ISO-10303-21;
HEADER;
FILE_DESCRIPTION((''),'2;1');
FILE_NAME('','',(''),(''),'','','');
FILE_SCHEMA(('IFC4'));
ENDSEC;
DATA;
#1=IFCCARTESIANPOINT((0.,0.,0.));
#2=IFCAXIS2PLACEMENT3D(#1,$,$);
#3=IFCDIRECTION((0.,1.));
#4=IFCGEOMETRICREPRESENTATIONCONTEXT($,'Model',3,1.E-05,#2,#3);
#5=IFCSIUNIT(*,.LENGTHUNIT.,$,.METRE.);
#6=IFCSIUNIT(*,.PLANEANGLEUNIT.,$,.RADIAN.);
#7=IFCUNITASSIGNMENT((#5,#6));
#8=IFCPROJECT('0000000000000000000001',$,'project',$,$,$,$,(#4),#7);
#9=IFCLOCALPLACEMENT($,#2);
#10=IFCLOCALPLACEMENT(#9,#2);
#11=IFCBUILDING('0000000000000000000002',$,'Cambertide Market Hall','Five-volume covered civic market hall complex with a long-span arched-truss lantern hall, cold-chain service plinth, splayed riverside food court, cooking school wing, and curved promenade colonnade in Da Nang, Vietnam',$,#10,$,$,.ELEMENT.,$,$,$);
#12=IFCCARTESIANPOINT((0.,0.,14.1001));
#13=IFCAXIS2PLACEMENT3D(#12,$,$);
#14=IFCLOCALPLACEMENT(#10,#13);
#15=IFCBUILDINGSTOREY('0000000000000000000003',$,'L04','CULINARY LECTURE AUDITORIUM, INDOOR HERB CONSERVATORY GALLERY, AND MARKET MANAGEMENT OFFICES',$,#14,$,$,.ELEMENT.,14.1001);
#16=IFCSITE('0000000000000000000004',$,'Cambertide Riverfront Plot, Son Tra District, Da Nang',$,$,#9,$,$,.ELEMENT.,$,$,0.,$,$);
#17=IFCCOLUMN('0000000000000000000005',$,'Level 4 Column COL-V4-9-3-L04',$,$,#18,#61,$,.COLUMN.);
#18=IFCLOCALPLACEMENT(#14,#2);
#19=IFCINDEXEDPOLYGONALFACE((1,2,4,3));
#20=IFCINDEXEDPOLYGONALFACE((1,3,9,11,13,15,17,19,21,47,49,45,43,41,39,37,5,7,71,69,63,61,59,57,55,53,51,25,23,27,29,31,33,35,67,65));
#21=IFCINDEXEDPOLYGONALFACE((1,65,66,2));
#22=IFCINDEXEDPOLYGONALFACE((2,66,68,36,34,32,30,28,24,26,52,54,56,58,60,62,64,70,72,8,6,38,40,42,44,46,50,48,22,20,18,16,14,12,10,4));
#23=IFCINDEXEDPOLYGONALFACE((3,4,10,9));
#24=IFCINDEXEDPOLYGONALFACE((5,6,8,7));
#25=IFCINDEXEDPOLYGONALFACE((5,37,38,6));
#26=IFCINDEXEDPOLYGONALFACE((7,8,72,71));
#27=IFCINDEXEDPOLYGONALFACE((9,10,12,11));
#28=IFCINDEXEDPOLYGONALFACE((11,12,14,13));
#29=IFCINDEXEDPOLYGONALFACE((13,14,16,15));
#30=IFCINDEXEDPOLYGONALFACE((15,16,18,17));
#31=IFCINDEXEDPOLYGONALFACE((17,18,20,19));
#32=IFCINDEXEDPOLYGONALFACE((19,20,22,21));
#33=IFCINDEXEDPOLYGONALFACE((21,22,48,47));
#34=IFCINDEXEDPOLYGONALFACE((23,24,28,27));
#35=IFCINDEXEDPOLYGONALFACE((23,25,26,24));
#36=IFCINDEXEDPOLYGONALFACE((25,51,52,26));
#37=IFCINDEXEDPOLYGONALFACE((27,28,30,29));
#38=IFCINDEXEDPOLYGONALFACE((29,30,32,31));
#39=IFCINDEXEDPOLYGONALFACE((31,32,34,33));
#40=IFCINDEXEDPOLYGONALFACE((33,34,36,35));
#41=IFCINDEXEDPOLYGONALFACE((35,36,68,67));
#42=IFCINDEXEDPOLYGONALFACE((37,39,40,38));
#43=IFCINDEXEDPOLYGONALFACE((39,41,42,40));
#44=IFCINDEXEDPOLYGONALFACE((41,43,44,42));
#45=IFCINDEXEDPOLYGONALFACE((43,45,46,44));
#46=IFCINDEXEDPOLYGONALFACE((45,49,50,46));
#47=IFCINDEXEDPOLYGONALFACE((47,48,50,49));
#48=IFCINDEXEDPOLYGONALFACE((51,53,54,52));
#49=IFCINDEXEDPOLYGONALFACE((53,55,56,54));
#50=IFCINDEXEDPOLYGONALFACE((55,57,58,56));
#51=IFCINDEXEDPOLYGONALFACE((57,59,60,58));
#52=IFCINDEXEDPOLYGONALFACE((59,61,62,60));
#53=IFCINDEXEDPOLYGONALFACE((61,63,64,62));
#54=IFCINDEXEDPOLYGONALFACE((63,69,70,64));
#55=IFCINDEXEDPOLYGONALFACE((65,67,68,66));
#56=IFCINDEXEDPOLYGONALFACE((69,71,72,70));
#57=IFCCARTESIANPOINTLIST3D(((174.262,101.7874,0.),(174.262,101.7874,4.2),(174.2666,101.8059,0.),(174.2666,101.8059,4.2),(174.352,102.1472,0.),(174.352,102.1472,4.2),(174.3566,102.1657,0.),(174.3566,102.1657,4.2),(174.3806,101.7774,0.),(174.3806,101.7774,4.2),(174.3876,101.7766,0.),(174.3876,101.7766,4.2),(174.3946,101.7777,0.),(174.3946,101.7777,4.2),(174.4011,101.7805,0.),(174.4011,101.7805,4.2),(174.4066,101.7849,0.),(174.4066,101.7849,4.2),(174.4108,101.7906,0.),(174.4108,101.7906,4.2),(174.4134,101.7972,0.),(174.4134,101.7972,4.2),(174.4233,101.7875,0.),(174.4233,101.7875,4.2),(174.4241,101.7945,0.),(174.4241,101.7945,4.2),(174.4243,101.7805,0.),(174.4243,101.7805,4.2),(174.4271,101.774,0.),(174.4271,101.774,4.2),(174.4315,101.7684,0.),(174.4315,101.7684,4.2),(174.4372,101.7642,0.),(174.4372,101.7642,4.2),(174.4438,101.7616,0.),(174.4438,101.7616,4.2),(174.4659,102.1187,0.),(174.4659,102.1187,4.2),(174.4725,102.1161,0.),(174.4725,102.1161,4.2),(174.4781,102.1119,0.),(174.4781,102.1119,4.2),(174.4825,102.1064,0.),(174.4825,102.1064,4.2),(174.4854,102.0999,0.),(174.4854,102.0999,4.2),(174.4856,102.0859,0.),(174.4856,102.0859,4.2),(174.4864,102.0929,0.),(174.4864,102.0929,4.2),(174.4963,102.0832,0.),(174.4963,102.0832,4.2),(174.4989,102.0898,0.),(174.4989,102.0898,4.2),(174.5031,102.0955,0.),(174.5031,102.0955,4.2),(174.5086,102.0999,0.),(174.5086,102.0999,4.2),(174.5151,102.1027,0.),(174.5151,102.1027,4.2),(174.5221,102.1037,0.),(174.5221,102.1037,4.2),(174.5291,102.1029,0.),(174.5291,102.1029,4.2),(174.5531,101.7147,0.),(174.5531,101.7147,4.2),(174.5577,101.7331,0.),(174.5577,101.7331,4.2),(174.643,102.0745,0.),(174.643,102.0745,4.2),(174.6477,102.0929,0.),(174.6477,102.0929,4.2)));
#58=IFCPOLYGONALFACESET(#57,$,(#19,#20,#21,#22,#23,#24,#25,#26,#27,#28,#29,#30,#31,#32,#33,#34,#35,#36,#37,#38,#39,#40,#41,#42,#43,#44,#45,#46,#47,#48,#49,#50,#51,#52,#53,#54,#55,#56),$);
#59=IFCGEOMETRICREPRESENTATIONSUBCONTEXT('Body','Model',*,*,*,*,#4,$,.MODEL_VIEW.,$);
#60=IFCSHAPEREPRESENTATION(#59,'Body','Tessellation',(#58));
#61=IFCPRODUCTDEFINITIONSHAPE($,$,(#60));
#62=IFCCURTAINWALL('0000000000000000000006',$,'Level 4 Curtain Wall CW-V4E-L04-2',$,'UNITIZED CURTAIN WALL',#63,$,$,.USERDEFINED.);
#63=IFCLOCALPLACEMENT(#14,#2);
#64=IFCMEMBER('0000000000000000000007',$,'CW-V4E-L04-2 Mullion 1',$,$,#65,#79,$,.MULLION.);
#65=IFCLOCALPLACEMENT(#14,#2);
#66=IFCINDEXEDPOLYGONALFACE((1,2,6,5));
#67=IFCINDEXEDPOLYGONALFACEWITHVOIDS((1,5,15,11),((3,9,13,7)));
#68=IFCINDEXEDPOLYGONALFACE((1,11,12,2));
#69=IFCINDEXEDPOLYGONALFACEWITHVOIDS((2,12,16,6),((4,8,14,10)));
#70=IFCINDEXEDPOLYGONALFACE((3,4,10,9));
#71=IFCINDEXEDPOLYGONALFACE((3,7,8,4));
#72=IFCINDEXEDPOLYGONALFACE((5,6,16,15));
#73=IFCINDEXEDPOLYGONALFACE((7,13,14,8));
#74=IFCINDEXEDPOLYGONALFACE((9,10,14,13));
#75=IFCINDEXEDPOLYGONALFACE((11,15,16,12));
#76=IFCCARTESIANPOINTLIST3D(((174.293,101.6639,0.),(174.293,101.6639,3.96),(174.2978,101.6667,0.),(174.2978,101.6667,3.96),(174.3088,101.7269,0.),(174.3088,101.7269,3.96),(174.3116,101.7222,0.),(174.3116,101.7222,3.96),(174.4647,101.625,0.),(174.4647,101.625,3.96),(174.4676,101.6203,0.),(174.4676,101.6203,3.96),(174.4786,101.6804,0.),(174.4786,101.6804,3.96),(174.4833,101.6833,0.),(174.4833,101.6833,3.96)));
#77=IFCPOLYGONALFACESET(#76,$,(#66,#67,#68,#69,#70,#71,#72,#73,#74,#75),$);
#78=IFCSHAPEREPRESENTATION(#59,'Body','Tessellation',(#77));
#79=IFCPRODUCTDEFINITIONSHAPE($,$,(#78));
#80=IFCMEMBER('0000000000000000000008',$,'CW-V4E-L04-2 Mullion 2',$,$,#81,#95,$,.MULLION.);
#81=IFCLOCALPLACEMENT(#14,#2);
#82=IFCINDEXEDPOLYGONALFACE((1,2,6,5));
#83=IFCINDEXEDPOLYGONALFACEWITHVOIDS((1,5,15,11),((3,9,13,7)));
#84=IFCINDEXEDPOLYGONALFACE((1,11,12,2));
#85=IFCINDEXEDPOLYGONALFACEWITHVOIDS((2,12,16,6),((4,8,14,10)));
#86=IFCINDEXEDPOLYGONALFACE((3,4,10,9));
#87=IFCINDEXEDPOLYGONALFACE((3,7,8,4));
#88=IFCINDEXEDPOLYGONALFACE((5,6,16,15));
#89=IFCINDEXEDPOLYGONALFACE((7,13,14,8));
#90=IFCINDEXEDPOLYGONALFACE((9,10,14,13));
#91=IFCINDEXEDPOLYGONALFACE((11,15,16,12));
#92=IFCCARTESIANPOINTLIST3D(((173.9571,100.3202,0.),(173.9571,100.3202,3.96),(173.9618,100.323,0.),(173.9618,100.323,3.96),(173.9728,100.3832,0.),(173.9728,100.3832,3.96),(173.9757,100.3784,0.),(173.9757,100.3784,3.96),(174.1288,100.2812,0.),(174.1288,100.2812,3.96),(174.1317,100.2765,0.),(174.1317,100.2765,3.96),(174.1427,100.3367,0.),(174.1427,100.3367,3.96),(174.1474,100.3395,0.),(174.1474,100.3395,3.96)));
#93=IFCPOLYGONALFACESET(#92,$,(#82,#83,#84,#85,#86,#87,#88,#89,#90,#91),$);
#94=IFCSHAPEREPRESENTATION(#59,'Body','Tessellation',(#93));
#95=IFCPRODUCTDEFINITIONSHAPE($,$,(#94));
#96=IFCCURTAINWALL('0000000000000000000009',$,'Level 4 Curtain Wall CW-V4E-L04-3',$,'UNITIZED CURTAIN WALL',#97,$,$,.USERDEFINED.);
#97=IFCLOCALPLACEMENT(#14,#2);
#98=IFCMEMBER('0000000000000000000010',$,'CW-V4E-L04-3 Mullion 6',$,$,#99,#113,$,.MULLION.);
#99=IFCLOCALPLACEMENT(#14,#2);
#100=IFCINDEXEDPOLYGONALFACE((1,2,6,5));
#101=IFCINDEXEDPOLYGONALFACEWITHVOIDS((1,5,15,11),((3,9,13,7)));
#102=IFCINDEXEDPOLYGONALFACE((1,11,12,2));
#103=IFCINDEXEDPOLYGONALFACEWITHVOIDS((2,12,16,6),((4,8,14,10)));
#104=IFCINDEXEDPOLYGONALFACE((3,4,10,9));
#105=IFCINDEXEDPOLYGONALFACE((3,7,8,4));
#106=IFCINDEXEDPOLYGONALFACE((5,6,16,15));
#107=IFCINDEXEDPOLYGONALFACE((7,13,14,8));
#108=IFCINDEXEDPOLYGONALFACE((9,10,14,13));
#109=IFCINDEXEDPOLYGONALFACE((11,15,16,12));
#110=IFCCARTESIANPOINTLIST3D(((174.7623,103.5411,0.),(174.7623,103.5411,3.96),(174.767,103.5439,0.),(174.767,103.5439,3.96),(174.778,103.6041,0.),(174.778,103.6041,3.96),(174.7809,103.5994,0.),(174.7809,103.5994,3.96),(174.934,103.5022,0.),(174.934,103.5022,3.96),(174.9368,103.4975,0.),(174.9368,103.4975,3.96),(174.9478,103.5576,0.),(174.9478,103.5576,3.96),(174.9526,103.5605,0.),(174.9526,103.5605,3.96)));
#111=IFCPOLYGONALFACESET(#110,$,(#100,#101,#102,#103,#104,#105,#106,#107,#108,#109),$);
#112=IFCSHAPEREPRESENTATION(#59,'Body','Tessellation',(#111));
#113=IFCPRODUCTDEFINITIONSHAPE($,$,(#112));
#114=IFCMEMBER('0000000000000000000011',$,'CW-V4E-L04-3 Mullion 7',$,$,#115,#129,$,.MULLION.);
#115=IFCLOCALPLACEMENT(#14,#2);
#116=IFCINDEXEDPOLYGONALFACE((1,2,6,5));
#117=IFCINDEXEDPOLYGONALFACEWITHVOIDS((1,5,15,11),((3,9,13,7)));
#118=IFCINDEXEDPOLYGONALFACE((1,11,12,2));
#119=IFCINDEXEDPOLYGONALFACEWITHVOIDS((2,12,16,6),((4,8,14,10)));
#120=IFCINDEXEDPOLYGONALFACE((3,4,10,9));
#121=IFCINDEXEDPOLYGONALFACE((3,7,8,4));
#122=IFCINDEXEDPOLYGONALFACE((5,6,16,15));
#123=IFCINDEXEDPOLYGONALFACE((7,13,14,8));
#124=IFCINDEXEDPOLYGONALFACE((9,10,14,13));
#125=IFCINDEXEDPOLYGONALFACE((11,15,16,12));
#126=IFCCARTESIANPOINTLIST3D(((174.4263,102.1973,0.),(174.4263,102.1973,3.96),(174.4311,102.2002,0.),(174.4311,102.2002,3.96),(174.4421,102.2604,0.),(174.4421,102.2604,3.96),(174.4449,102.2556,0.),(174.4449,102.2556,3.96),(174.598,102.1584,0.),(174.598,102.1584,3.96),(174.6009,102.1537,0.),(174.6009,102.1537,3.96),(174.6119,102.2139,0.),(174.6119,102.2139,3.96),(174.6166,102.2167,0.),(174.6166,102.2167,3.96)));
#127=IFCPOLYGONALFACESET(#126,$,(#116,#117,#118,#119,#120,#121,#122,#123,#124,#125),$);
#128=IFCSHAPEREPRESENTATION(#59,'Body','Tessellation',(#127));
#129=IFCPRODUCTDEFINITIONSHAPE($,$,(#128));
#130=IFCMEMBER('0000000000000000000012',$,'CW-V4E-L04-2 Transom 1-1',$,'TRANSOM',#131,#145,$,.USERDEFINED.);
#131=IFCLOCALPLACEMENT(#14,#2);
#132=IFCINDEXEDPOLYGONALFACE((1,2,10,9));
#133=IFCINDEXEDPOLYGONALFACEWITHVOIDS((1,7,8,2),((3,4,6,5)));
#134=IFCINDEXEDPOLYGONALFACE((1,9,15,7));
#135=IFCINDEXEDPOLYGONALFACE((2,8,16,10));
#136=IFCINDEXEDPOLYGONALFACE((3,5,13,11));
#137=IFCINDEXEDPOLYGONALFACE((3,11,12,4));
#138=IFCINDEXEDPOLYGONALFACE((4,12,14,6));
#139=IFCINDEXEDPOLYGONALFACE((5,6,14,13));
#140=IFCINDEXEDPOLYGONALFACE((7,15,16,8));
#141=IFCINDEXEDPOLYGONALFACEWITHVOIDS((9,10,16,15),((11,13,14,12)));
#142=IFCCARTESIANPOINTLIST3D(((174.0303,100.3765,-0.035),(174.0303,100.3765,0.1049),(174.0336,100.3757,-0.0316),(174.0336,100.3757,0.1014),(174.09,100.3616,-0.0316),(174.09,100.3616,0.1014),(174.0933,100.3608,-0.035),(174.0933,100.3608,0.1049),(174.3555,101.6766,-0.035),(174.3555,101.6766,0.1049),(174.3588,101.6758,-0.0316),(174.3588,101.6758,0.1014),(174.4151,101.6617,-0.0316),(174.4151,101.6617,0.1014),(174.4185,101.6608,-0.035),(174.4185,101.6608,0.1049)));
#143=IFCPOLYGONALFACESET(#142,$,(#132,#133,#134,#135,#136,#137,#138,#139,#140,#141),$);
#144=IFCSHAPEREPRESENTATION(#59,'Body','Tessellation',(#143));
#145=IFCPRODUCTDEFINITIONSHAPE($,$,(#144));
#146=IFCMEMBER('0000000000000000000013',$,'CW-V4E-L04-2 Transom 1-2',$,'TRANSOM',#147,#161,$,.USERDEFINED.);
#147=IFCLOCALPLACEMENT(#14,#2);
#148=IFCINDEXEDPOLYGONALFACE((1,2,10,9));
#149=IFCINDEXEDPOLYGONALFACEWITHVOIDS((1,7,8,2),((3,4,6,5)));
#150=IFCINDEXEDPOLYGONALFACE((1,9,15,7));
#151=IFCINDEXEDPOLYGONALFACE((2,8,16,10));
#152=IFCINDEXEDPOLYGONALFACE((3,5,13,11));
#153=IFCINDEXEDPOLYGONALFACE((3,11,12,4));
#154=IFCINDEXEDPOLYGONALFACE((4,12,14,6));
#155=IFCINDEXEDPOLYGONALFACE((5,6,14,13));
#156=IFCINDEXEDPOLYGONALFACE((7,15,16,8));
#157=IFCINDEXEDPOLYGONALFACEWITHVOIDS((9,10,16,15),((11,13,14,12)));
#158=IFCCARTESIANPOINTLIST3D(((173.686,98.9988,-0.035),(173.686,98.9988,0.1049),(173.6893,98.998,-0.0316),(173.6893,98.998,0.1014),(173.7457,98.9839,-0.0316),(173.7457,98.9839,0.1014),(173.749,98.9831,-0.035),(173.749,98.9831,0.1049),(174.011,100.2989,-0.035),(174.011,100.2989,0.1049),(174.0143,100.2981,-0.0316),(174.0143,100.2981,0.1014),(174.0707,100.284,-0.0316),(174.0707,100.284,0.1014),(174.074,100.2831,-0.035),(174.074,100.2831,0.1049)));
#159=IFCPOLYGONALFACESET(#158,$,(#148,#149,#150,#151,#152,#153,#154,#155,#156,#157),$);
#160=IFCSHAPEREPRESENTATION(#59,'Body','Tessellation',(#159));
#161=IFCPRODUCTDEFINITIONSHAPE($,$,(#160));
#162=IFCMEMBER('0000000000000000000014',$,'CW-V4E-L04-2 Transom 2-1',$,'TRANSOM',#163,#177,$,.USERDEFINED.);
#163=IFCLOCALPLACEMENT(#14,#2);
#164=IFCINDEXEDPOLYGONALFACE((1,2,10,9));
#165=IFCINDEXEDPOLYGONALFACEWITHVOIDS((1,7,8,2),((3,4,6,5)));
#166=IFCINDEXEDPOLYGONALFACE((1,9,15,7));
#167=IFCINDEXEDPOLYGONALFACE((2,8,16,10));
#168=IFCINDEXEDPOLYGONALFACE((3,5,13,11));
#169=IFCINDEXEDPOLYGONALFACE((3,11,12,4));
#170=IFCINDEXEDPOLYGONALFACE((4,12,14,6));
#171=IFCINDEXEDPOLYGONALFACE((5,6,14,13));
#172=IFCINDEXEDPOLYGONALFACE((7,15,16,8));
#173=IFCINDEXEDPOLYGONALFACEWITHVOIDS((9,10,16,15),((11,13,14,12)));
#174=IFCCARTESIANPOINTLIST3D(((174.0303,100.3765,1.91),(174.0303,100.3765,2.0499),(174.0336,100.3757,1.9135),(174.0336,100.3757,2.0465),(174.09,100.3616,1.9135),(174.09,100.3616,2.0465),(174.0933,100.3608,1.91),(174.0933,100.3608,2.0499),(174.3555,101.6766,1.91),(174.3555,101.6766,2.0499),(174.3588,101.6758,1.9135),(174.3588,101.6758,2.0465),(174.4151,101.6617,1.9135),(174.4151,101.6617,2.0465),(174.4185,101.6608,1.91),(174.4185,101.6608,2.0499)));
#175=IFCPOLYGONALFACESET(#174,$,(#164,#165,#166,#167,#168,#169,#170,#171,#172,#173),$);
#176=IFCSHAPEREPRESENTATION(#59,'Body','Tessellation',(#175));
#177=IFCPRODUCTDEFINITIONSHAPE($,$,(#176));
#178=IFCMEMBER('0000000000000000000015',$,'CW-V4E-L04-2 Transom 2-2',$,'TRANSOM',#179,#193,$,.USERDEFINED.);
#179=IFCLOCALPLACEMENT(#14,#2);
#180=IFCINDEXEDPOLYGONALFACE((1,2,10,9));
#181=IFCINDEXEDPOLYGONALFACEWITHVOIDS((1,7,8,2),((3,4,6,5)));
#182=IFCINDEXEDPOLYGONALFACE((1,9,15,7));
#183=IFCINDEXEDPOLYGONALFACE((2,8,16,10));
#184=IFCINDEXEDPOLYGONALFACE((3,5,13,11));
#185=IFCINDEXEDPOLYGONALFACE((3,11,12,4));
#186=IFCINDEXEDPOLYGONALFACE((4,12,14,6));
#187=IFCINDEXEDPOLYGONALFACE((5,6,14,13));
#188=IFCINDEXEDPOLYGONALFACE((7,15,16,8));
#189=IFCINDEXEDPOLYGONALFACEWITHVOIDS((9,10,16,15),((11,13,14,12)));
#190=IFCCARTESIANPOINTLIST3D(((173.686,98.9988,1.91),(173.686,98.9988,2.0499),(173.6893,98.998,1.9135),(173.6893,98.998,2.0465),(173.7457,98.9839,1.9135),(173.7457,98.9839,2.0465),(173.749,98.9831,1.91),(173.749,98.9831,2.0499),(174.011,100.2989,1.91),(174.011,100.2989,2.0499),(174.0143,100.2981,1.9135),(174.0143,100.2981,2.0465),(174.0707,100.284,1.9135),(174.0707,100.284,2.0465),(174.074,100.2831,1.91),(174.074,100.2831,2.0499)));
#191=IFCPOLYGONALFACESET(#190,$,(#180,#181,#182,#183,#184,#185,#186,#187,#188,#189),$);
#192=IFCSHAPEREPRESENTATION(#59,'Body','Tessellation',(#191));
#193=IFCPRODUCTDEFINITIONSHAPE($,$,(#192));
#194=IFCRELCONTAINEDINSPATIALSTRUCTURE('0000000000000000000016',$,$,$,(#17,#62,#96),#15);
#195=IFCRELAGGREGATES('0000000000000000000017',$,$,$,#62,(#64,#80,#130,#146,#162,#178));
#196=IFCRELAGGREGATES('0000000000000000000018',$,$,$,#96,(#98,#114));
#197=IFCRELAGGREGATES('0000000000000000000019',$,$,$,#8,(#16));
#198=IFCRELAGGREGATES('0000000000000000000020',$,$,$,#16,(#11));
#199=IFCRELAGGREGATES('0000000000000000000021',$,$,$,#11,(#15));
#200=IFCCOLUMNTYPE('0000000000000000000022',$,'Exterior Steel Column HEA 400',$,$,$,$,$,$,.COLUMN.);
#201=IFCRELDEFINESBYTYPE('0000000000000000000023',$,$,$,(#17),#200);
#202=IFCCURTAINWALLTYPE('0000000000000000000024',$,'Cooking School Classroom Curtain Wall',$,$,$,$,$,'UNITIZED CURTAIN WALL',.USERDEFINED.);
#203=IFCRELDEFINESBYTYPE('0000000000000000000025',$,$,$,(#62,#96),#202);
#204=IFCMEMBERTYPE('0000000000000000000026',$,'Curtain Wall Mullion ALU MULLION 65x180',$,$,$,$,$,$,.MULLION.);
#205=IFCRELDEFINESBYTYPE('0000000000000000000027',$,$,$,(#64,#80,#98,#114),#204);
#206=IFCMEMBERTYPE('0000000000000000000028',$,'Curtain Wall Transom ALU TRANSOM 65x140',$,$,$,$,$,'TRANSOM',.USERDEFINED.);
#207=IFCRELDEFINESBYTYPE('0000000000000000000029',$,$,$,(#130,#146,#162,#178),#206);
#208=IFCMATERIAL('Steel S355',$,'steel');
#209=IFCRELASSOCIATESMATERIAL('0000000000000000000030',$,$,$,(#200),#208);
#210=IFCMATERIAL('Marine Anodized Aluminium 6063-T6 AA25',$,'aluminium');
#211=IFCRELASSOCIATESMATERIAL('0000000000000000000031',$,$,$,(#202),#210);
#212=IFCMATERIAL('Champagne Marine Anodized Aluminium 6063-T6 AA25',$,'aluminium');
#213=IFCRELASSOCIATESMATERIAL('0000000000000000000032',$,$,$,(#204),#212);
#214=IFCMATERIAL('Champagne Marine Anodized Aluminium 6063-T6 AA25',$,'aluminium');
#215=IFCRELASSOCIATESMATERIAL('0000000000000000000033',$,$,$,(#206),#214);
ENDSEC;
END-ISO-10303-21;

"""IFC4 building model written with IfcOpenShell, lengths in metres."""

from ifc_helpers import new_model, si_unit, direction, frame, origin, origin_2d, place, context, subcontext, project, spatial, hollow_rectangle, i_section, extrude, material, material_profile, profile_set, type_object, element, aggregate, save


model = new_model("IFC4")

# Units and contexts
model_context = context("Model", 3, precision=1e-05, world=origin(), true_north=direction((0.0, 1.0)))
body_context = subcontext(model_context, "Body", "Model", "MODEL_VIEW")
ifc_project = project(units=[si_unit("LENGTHUNIT", "METRE"), si_unit("PLANEANGLEUNIT", "RADIAN")], contexts=[model_context])

# Site, building, storey
site_placement = place(None, origin())
site = spatial("IfcSite", under=ifc_project, at=site_placement, Name="Cambertide Riverfront Plot, Son Tra District, Da Nang", CompositionType="ELEMENT", RefElevation=0.0)
building_placement = place(site_placement, origin())
building = spatial("IfcBuilding", under=site, at=building_placement, Name="Cambertide Market Hall", Description="Five-volume covered civic market hall complex with a long-span arched-truss lantern hall, cold-chain service plinth, splayed riverside food court, cooking school wing, and curved promenade colonnade in Da Nang, Vietnam", CompositionType="ELEMENT")
storey_placement = place(building_placement, frame((0.0, 0.0, 14.1001)))
storey = spatial("IfcBuildingStorey", under=building, at=storey_placement, Name="L04", Description="CULINARY LECTURE AUDITORIUM, INDOOR HERB CONSERVATORY GALLERY, AND MARKET MANAGEMENT OFFICES", CompositionType="ELEMENT", Elevation=14.1001)

# Column
ifc_material_1 = material(Name="Steel S355", Category="steel")
ifc_material_profile_1 = material_profile(ifc_material_1, i_section(OverallWidth=0.3, OverallDepth=0.3899, WebThickness=0.011, FlangeThickness=0.019, FilletRadius=0.0271, at=origin_2d()), Name="HEA 400")
ifc_profile_set_1 = profile_set([ifc_material_profile_1], Name="Steel S355")
column_type = type_object("IfcColumnType", Name="Exterior Steel Column HEA 400", PredefinedType="COLUMN", material=ifc_profile_set_1)
column_placement = place(storey_placement, frame((174.4548, 101.9402, 0.0), z_axis=(0.0, 0.0, 1.0), x_axis=(0.970143, -0.242536, 0.0)))
element("IfcColumn", 1, at=column_placement, inside=storey, type_object=column_type, Name="Level 4 Column COL-V4-9-3-L04", PredefinedType="COLUMN", context=body_context, shape_type="SweptSolid", body=[
    extrude(i_section(OverallWidth=0.3, OverallDepth=0.3899, WebThickness=0.011, FlangeThickness=0.019, FilletRadius=0.0271, at=origin_2d()), origin(), (0.0, 0.0, 1.0), 4.2),
])

# Curtain walls, members
ifc_material_2 = material(Name="Marine Anodized Aluminium 6063-T6 AA25", Category="aluminium")
curtain_wall_type = type_object("IfcCurtainWallType", Name="Cooking School Classroom Curtain Wall", ElementType="UNITIZED CURTAIN WALL", PredefinedType="USERDEFINED", material=ifc_material_2)
curtain_wall_1_placement = place(storey_placement, origin())
curtain_wall_1 = element("IfcCurtainWall", 2, at=curtain_wall_1_placement, inside=storey, type_object=curtain_wall_type, Name="Level 4 Curtain Wall CW-V4E-L04-2", ObjectType="UNITIZED CURTAIN WALL", PredefinedType="USERDEFINED")
ifc_material_3 = material(Name="Champagne Marine Anodized Aluminium 6063-T6 AA25", Category="aluminium")
ifc_material_profile_2 = material_profile(ifc_material_3, hollow_rectangle(XDim=0.0649, YDim=0.1799, WallThickness=0.0039, at=origin_2d()), Name="ALU MULLION 65x180")
ifc_profile_set_2 = profile_set([ifc_material_profile_2], Name="Champagne Marine Anodized Aluminium 6063-T6 AA25")
member_type_1 = type_object("IfcMemberType", Name="Curtain Wall Mullion ALU MULLION 65x180", PredefinedType="MULLION", material=ifc_profile_set_2)
member_1_placement = place(storey_placement, frame((174.3882, 101.6736, 0.0), z_axis=(0.0, 0.0, 1.0), x_axis=(-0.242536, -0.970142, 0.0)))
member_1 = element("IfcMember", 3, at=member_1_placement, type_object=member_type_1, Name="CW-V4E-L04-2 Mullion 1", PredefinedType="MULLION", context=body_context, shape_type="SweptSolid", body=[
    extrude(hollow_rectangle(XDim=0.0649, YDim=0.1799, WallThickness=0.0039, at=origin_2d()), origin(), (0.0, 0.0, 1.0), 3.96),
])
member_2_placement = place(storey_placement, frame((174.0522, 100.3298, 0.0), z_axis=(0.0, 0.0, 1.0), x_axis=(-0.242536, -0.970142, 0.0)))
member_2 = element("IfcMember", 4, at=member_2_placement, type_object=member_type_1, Name="CW-V4E-L04-2 Mullion 2", PredefinedType="MULLION", context=body_context, shape_type="SweptSolid", body=[
    extrude(hollow_rectangle(XDim=0.0649, YDim=0.1799, WallThickness=0.0039, at=origin_2d()), origin(), (0.0, 0.0, 1.0), 3.96),
])
curtain_wall_2_placement = place(storey_placement, origin())
curtain_wall_2 = element("IfcCurtainWall", 5, at=curtain_wall_2_placement, inside=storey, type_object=curtain_wall_type, Name="Level 4 Curtain Wall CW-V4E-L04-3", ObjectType="UNITIZED CURTAIN WALL", PredefinedType="USERDEFINED")
member_3_placement = place(storey_placement, frame((174.8574, 103.5508, 0.0), z_axis=(0.0, 0.0, 1.0), x_axis=(-0.242536, -0.970143, 0.0)))
member_3 = element("IfcMember", 6, at=member_3_placement, type_object=member_type_1, Name="CW-V4E-L04-3 Mullion 6", PredefinedType="MULLION", context=body_context, shape_type="SweptSolid", body=[
    extrude(hollow_rectangle(XDim=0.0649, YDim=0.1799, WallThickness=0.0039, at=origin_2d()), origin(), (0.0, 0.0, 1.0), 3.96),
])
member_4_placement = place(storey_placement, frame((174.5215, 102.207, 0.0), z_axis=(0.0, 0.0, 1.0), x_axis=(-0.242536, -0.970143, 0.0)))
member_4 = element("IfcMember", 7, at=member_4_placement, type_object=member_type_1, Name="CW-V4E-L04-3 Mullion 7", PredefinedType="MULLION", context=body_context, shape_type="SweptSolid", body=[
    extrude(hollow_rectangle(XDim=0.0649, YDim=0.1799, WallThickness=0.0039, at=origin_2d()), origin(), (0.0, 0.0, 1.0), 3.96),
])

# Members
ifc_material_4 = material(Name="Champagne Marine Anodized Aluminium 6063-T6 AA25", Category="aluminium")
ifc_material_profile_3 = material_profile(ifc_material_4, hollow_rectangle(XDim=0.0649, YDim=0.1399, WallThickness=0.0034, at=origin_2d()), Name="ALU TRANSOM 65x140")
ifc_profile_set_3 = profile_set([ifc_material_profile_3], Name="Champagne Marine Anodized Aluminium 6063-T6 AA25")
member_type_2 = type_object("IfcMemberType", Name="Curtain Wall Transom ALU TRANSOM 65x140", ElementType="TRANSOM", PredefinedType="USERDEFINED", material=ifc_profile_set_3)
member_5_placement = place(storey_placement, frame((174.387, 101.6687, 0.0349), z_axis=(-0.242664, -0.97011, 0.0), x_axis=(0.97011, -0.242664, 0.0)))
member_5 = element("IfcMember", 8, at=member_5_placement, type_object=member_type_2, Name="CW-V4E-L04-2 Transom 1-1", ObjectType="TRANSOM", PredefinedType="USERDEFINED", context=body_context, shape_type="SweptSolid", body=[
    extrude(hollow_rectangle(XDim=0.0649, YDim=0.1399, WallThickness=0.0034, at=origin_2d()), origin(), (0.0, 0.0, 1.0), 1.3401),
])
member_6_placement = place(storey_placement, frame((174.0425, 100.291, 0.0349), z_axis=(-0.242493, -0.970153, 0.0), x_axis=(0.970153, -0.242493, 0.0)))
member_6 = element("IfcMember", 9, at=member_6_placement, type_object=member_type_2, Name="CW-V4E-L04-2 Transom 1-2", ObjectType="TRANSOM", PredefinedType="USERDEFINED", context=body_context, shape_type="SweptSolid", body=[
    extrude(hollow_rectangle(XDim=0.0649, YDim=0.1399, WallThickness=0.0034, at=origin_2d()), origin(), (0.0, 0.0, 1.0), 1.3401),
])
member_7_placement = place(storey_placement, frame((174.387, 101.6687, 1.98), z_axis=(-0.242664, -0.97011, 0.0), x_axis=(0.97011, -0.242664, 0.0)))
member_7 = element("IfcMember", 10, at=member_7_placement, type_object=member_type_2, Name="CW-V4E-L04-2 Transom 2-1", ObjectType="TRANSOM", PredefinedType="USERDEFINED", context=body_context, shape_type="SweptSolid", body=[
    extrude(hollow_rectangle(XDim=0.0649, YDim=0.1399, WallThickness=0.0034, at=origin_2d()), origin(), (0.0, 0.0, 1.0), 1.3401),
])
member_8_placement = place(storey_placement, frame((174.0425, 100.291, 1.98), z_axis=(-0.242493, -0.970153, 0.0), x_axis=(0.970153, -0.242493, 0.0)))
member_8 = element("IfcMember", 11, at=member_8_placement, type_object=member_type_2, Name="CW-V4E-L04-2 Transom 2-2", ObjectType="TRANSOM", PredefinedType="USERDEFINED", context=body_context, shape_type="SweptSolid", body=[
    extrude(hollow_rectangle(XDim=0.0649, YDim=0.1399, WallThickness=0.0034, at=origin_2d()), origin(), (0.0, 0.0, 1.0), 1.3401),
])

aggregate(curtain_wall_1, [member_1, member_2, member_5, member_6, member_7, member_8])
aggregate(curtain_wall_2, [member_3, member_4])

save(model, "model.ifc")
